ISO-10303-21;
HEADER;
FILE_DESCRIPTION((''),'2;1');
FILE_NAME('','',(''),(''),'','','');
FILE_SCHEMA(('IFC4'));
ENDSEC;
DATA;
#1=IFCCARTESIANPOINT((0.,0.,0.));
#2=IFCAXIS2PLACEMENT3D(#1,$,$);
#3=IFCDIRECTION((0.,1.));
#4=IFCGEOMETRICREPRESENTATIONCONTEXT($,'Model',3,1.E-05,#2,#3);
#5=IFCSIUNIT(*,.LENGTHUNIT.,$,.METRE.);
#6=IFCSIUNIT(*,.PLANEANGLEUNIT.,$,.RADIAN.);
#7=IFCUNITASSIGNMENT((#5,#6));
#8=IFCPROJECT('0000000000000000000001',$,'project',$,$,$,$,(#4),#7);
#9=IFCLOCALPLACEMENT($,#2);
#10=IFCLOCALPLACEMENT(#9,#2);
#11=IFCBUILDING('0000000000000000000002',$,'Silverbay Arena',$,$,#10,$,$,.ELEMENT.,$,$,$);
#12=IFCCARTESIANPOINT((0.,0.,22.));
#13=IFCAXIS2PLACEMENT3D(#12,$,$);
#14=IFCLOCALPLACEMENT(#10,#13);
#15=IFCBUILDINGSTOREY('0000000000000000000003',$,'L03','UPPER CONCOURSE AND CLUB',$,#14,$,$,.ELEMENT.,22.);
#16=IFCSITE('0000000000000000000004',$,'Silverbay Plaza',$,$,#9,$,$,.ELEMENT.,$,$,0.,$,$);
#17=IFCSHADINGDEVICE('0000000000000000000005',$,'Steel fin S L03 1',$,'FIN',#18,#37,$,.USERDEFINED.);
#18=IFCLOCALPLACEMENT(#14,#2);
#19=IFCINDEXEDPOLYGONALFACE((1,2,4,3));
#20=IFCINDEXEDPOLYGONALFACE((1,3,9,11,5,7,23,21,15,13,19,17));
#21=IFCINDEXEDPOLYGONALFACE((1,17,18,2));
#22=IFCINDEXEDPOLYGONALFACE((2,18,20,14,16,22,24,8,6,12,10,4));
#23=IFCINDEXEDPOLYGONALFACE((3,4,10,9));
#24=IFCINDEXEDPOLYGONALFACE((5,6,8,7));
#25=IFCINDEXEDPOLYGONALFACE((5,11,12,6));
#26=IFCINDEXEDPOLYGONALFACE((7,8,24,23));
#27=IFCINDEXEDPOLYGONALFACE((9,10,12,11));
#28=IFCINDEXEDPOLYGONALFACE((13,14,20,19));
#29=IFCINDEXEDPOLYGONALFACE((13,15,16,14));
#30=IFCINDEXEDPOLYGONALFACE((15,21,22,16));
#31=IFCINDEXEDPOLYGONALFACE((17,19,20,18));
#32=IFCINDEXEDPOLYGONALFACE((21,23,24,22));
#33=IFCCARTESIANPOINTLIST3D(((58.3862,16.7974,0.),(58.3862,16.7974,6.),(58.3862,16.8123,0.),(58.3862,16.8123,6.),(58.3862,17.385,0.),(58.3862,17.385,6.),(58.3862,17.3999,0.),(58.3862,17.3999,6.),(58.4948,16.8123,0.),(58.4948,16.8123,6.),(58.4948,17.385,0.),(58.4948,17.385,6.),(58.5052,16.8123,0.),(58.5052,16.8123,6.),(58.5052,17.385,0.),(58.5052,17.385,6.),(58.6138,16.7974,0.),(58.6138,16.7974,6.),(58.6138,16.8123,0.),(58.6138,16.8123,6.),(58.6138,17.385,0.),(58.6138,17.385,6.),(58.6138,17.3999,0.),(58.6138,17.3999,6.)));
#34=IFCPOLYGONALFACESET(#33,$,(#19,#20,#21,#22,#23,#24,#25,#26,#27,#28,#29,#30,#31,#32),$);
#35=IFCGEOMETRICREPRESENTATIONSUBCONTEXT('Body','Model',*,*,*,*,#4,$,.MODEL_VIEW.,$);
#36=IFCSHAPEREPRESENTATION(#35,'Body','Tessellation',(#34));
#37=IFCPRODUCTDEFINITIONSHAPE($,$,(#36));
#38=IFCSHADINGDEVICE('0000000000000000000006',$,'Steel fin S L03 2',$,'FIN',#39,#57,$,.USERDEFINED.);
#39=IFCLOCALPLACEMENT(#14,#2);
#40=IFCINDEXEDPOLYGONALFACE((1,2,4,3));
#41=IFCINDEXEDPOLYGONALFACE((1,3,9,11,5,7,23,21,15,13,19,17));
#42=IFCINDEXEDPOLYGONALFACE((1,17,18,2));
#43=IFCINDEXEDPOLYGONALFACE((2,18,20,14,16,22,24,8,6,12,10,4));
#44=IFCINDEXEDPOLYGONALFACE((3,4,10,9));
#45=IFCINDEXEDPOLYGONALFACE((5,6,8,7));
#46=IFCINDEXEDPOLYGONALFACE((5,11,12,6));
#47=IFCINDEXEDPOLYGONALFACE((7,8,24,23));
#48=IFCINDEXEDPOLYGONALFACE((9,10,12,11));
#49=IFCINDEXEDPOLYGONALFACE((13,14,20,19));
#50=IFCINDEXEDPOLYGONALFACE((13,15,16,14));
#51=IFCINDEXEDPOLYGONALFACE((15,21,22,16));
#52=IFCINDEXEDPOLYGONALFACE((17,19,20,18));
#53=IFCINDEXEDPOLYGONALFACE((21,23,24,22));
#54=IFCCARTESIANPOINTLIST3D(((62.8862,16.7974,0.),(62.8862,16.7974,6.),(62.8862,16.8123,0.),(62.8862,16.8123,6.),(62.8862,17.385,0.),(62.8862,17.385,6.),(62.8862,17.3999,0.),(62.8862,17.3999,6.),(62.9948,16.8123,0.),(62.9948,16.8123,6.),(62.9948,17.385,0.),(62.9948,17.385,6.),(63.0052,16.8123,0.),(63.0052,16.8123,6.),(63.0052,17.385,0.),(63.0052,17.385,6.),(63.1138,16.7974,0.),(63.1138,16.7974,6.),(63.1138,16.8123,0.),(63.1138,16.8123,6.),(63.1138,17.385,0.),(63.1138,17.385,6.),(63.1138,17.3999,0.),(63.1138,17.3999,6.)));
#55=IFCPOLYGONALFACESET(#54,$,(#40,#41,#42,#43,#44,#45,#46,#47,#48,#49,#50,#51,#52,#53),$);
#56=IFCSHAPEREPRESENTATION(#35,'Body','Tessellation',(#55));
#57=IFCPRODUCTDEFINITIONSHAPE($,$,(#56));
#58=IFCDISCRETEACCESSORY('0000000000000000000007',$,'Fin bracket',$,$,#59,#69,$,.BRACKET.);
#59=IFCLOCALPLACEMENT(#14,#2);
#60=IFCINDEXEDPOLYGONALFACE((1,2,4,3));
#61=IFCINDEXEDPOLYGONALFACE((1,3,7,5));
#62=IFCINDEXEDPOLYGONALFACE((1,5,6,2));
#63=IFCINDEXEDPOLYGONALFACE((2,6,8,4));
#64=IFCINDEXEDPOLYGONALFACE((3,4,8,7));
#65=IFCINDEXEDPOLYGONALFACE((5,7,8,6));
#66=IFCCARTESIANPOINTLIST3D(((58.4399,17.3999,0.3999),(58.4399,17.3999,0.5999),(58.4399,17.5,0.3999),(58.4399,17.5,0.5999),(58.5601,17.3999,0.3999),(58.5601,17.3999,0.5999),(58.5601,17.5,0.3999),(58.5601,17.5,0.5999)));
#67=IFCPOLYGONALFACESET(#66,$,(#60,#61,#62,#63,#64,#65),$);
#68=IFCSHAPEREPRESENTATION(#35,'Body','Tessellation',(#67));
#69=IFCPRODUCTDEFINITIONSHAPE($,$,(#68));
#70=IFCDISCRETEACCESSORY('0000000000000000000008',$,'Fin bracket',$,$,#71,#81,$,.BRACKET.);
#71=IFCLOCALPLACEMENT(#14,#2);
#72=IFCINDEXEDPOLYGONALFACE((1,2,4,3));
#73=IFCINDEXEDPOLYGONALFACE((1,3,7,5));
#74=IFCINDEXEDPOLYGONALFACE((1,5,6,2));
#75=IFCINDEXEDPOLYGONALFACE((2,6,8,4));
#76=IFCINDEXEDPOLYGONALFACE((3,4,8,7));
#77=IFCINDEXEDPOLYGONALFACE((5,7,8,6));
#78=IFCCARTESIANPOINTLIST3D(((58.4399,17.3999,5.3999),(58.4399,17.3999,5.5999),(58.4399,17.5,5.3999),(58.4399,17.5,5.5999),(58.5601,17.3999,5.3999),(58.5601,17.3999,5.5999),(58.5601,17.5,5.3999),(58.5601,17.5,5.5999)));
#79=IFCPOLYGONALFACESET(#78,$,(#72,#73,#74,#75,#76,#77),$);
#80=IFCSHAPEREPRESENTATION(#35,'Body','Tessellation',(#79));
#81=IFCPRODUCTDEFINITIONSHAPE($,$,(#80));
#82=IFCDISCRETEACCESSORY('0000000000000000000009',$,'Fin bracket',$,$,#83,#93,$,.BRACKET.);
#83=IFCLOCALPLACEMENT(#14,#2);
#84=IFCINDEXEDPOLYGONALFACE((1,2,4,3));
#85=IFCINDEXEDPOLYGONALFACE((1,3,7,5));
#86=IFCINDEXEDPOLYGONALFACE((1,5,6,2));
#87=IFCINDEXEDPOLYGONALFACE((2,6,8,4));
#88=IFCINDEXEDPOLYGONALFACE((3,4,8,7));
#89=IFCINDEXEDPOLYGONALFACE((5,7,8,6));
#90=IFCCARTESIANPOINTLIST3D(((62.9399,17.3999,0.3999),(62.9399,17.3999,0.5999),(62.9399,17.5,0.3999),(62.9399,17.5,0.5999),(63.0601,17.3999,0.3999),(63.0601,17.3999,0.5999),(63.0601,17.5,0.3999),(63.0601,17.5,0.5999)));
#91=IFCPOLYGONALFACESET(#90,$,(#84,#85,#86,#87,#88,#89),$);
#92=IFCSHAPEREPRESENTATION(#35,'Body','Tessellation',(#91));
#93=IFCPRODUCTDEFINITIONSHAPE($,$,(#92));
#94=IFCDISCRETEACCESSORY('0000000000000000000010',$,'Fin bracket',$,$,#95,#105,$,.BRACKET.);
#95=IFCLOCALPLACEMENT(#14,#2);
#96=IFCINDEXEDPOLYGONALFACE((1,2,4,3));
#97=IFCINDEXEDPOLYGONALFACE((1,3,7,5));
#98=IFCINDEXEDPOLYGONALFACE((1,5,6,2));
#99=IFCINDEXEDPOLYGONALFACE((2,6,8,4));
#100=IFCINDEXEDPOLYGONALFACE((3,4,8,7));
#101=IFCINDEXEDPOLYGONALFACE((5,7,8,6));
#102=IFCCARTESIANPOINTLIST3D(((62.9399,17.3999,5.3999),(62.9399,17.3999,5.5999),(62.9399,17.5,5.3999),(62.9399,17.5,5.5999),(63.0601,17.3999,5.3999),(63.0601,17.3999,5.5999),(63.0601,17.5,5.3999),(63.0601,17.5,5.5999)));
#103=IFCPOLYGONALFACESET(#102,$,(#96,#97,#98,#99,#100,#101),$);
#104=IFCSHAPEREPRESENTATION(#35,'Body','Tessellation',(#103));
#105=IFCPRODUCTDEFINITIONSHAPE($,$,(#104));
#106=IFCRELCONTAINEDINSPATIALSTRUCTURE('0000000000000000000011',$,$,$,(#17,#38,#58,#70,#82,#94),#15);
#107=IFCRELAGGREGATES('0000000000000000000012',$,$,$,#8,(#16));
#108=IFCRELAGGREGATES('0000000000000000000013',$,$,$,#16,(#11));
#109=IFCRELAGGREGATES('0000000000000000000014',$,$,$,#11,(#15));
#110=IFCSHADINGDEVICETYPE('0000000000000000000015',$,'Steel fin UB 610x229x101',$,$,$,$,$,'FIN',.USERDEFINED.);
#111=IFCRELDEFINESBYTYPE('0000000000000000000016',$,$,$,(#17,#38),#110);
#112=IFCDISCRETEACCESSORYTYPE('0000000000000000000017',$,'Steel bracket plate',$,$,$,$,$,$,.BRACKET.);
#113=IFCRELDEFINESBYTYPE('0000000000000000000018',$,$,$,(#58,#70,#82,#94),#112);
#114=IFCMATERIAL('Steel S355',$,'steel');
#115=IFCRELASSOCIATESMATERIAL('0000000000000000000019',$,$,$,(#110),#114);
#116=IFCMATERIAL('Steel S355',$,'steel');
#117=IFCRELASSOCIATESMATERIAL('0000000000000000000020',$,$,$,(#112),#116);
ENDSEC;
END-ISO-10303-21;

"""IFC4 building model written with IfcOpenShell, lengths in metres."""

from ifc_helpers import new_model, si_unit, direction, frame, origin, origin_2d, place, context, subcontext, project, spatial, rectangle, i_section, extrude, material, material_profile, profile_set, type_object, element, save


model = new_model("IFC4")

# Units and contexts
model_context = context("Model", 3, precision=1e-05, world=origin(), true_north=direction((0.0, 1.0)))
body_context = subcontext(model_context, "Body", "Model", "MODEL_VIEW")
ifc_project = project(units=[si_unit("LENGTHUNIT", "METRE"), si_unit("PLANEANGLEUNIT", "RADIAN")], contexts=[model_context])

# Site, building, storey
site_placement = place(None, origin())
site = spatial("IfcSite", under=ifc_project, at=site_placement, Name="Silverbay Plaza", CompositionType="ELEMENT", RefElevation=0.0)
building_placement = place(site_placement, origin())
building = spatial("IfcBuilding", under=site, at=building_placement, Name="Silverbay Arena", CompositionType="ELEMENT")
storey_placement = place(building_placement, frame((0.0, 0.0, 22.0)))
storey = spatial("IfcBuildingStorey", under=building, at=storey_placement, Name="L03", Description="UPPER CONCOURSE AND CLUB", CompositionType="ELEMENT", Elevation=22.0)

# Shading devices
ifc_material_1 = material(Name="Steel S355", Category="steel")
ifc_material_profile_1 = material_profile(ifc_material_1, i_section(OverallWidth=0.2275, OverallDepth=0.6025, WebThickness=0.0105, FlangeThickness=0.0149, at=origin_2d()), Name="UB 610x229x101")
ifc_profile_set_1 = profile_set([ifc_material_profile_1], Name="Steel S355")
shading_device_type = type_object("IfcShadingDeviceType", Name="Steel fin UB 610x229x101", ElementType="FIN", PredefinedType="USERDEFINED", material=ifc_profile_set_1)
for number, where, z_axis, x_axis, name in (
    (1, (58.5, 17.0986, 0.0), (0.0, 0.0, 1.0), (1.0, 0.0, 0.0), "Steel fin S L03 1"),
    (2, (63.0, 17.0986, 0.0), (0.0, 0.0, 1.0), (1.0, 0.0, 0.0), "Steel fin S L03 2"),
):
    element("IfcShadingDevice", number, at=place(storey_placement, frame(where, z_axis=z_axis, x_axis=x_axis)), inside=storey, type_object=shading_device_type, Name=name, ObjectType="FIN", PredefinedType="USERDEFINED", context=body_context, shape_type="SweptSolid", body=[
        extrude(i_section(OverallWidth=0.2275, OverallDepth=0.6025, WebThickness=0.0105, FlangeThickness=0.0149, at=origin_2d()), origin(), (0.0, 0.0, 1.0), 6.0),
    ])

# Discrete accessories
ifc_material_2 = material(Name="Steel S355", Category="steel")
discrete_accessory_type = type_object("IfcDiscreteAccessoryType", Name="Steel bracket plate", PredefinedType="BRACKET", material=ifc_material_2)
for number, where, z_axis, x_axis, name in (
    (3, (58.5, 17.45, 0.3999), (0.0, 0.0, 1.0), (1.0, 0.0, 0.0), "Fin bracket"),
    (4, (58.5, 17.45, 5.3999), (0.0, 0.0, 1.0), (1.0, 0.0, 0.0), "Fin bracket"),
    (5, (63.0, 17.45, 0.3999), (0.0, 0.0, 1.0), (1.0, 0.0, 0.0), "Fin bracket"),
    (6, (63.0, 17.45, 5.3999), (0.0, 0.0, 1.0), (1.0, 0.0, 0.0), "Fin bracket"),
):
    element("IfcDiscreteAccessory", number, at=place(storey_placement, frame(where, z_axis=z_axis, x_axis=x_axis)), inside=storey, type_object=discrete_accessory_type, Name=name, PredefinedType="BRACKET", context=body_context, shape_type="SweptSolid", body=[
        extrude(rectangle(XDim=0.1201, YDim=0.1001, at=origin_2d()), origin(), (0.0, 0.0, 1.0), 0.2),
    ])

save(model, "model.ifc")
